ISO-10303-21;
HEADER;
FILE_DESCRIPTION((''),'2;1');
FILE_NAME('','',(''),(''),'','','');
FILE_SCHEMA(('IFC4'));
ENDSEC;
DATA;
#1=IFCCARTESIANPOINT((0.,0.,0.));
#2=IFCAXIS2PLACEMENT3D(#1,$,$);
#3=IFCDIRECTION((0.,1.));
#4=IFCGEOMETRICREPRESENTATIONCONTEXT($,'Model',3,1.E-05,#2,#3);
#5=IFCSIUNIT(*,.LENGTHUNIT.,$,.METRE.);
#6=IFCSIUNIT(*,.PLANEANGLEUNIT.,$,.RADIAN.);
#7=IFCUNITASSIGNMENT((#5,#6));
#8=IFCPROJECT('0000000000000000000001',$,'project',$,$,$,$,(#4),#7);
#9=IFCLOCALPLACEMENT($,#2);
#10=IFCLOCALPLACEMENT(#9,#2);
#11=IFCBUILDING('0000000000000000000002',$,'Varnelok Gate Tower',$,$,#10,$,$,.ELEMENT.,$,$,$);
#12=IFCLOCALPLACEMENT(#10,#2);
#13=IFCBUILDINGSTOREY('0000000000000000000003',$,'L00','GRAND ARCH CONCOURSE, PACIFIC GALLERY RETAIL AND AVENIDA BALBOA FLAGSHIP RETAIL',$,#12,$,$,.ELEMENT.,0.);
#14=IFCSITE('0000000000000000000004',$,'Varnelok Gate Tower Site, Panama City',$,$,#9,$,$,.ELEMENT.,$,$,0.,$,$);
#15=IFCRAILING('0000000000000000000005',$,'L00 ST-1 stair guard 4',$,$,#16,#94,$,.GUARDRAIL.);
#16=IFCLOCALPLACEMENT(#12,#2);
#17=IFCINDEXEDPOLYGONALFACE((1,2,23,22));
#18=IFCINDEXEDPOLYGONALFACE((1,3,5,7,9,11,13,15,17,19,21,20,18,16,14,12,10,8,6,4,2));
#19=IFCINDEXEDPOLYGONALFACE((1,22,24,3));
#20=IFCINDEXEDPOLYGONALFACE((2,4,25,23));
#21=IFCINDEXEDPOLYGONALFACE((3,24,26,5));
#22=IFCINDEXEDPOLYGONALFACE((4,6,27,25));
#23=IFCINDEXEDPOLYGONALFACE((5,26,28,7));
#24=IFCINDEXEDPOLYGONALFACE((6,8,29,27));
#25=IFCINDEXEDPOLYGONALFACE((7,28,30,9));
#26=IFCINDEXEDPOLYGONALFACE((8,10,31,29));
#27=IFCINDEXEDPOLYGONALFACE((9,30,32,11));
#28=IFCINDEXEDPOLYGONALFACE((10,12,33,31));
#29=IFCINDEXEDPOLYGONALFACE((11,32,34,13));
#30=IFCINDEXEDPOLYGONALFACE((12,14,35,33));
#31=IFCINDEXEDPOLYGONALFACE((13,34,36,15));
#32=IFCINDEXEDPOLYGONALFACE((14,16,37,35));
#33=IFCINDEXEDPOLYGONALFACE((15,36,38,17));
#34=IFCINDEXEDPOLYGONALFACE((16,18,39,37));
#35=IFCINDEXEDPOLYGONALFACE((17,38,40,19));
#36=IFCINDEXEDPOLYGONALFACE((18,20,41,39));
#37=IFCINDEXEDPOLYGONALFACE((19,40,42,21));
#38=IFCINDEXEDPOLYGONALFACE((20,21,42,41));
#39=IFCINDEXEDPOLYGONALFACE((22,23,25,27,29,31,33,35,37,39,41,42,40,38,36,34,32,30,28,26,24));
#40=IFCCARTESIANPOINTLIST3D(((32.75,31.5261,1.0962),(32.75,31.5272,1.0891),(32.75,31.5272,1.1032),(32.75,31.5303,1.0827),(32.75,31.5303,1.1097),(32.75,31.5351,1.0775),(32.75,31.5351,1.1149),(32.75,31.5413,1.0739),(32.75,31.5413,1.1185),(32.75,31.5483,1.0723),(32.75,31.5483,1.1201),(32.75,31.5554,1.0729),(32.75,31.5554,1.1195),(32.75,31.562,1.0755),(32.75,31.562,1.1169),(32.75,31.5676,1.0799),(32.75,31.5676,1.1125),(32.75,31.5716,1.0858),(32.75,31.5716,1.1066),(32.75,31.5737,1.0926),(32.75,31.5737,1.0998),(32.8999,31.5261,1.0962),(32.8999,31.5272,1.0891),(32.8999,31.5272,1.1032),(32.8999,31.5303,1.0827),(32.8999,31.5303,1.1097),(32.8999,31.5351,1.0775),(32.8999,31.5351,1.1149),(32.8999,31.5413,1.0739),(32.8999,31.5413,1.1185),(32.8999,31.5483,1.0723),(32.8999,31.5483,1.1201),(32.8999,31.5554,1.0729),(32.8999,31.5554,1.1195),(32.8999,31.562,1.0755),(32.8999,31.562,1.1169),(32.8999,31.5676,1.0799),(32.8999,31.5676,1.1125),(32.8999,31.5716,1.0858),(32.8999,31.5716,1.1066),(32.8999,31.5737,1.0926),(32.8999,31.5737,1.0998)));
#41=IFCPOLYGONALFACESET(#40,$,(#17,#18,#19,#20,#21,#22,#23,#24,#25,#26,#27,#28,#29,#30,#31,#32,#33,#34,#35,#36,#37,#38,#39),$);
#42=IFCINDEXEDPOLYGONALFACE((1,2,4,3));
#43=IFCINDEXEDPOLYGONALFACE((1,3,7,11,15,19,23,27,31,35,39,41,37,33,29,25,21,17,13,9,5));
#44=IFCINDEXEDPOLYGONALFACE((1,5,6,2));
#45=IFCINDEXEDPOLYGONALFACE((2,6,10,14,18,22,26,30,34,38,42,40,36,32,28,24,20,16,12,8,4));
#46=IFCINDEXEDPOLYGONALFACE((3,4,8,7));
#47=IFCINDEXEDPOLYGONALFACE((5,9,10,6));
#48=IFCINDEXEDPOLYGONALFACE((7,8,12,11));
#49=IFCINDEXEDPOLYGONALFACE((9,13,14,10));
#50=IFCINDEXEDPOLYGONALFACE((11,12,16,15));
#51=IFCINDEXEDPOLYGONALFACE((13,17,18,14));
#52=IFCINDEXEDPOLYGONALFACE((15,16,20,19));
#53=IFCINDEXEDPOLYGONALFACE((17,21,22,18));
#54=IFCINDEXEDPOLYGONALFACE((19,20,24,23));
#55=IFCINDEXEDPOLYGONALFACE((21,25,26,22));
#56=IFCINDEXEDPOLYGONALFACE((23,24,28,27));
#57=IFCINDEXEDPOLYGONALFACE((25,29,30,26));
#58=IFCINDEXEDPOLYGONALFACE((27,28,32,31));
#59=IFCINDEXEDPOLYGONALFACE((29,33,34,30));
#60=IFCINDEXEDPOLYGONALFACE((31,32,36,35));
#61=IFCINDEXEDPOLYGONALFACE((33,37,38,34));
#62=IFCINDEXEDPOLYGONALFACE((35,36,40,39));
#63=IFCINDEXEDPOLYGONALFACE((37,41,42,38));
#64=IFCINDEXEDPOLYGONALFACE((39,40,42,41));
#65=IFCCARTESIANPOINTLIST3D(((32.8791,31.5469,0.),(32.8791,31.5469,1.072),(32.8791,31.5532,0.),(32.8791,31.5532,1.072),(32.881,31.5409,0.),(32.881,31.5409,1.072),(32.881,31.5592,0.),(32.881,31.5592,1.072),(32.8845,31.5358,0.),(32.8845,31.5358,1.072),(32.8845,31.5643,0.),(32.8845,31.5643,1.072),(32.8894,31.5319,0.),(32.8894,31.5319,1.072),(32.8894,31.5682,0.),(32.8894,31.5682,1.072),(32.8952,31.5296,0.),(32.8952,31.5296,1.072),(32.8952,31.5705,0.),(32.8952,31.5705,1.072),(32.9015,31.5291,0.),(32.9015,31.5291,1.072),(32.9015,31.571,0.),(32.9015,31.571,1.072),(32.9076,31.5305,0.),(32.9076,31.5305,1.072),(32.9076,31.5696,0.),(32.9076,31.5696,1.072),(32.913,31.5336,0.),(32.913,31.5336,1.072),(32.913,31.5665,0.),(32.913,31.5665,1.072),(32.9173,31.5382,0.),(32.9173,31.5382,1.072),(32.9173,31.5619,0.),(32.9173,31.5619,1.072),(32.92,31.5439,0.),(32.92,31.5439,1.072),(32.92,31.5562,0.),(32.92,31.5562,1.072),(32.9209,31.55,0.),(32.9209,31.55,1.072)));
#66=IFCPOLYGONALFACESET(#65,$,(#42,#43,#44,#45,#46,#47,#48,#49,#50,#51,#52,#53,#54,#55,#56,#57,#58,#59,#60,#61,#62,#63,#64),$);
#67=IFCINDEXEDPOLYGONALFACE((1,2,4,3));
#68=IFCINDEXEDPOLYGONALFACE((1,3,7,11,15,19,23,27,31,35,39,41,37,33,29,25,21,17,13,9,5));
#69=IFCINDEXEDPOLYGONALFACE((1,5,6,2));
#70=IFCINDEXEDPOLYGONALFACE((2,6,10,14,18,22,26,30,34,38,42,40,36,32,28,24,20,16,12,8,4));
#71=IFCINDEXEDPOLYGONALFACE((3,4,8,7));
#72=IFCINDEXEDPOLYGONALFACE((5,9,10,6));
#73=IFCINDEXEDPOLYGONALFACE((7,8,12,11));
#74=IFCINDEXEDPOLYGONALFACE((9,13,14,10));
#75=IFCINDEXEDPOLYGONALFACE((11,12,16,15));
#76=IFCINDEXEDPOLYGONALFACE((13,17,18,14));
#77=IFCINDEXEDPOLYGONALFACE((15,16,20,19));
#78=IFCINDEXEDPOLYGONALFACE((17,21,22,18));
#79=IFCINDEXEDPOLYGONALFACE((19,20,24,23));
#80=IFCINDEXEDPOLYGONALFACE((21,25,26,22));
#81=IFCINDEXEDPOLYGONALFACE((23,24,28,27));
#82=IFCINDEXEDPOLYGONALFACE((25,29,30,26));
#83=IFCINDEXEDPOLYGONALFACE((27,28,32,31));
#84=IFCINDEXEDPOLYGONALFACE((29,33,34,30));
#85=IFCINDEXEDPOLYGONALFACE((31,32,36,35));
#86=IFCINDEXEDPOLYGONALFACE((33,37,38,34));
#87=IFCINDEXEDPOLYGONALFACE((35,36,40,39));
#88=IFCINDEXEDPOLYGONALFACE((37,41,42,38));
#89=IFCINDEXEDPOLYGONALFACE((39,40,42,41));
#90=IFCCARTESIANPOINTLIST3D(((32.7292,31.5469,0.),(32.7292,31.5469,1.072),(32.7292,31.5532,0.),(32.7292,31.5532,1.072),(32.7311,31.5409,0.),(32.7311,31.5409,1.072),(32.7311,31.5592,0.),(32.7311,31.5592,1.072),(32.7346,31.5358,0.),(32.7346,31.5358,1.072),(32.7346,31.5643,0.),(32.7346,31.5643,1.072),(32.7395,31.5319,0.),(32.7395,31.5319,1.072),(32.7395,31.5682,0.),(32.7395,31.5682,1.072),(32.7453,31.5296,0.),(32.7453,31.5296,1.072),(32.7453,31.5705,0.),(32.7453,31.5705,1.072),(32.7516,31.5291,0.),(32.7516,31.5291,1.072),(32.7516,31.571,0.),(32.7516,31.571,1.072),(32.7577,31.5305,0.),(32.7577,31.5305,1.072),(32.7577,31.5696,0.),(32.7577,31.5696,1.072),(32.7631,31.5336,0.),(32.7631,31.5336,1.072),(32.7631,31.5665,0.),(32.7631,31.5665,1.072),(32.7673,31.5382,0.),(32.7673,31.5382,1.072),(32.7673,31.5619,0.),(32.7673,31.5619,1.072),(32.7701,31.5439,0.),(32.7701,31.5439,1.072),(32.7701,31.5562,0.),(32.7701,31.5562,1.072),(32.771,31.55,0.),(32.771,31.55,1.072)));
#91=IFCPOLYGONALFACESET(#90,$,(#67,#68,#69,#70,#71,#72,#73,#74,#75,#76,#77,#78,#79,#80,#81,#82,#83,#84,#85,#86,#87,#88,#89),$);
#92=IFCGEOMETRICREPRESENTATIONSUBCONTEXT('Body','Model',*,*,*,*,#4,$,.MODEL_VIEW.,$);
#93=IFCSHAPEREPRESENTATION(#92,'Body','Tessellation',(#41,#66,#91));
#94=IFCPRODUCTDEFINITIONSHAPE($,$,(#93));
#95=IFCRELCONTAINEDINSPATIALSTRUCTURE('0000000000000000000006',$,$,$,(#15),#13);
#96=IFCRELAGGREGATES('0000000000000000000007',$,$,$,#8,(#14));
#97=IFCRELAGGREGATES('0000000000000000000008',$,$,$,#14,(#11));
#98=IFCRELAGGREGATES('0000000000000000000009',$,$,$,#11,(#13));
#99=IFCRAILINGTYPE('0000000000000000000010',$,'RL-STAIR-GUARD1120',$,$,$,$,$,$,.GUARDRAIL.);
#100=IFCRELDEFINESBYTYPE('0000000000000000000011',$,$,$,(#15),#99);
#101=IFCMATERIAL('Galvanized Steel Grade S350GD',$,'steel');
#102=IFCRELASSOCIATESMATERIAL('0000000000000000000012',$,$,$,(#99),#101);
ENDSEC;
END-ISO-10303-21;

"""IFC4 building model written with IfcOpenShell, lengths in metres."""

from ifc_helpers import new_model, si_unit, direction, frame, origin, origin_2d, place, context, subcontext, project, spatial, circle, extrude, material, type_object, element, save


model = new_model("IFC4")

# Units and contexts
model_context = context("Model", 3, precision=1e-05, world=origin(), true_north=direction((0.0, 1.0)))
body_context = subcontext(model_context, "Body", "Model", "MODEL_VIEW")
ifc_project = project(units=[si_unit("LENGTHUNIT", "METRE"), si_unit("PLANEANGLEUNIT", "RADIAN")], contexts=[model_context])

# Site, building, storey
site_placement = place(None, origin())
site = spatial("IfcSite", under=ifc_project, at=site_placement, Name="Varnelok Gate Tower Site, Panama City", CompositionType="ELEMENT", RefElevation=0.0)
building_placement = place(site_placement, origin())
building = spatial("IfcBuilding", under=site, at=building_placement, Name="Varnelok Gate Tower", CompositionType="ELEMENT")
storey_placement = place(building_placement, origin())
storey = spatial("IfcBuildingStorey", under=building, at=storey_placement, Name="L00", Description="GRAND ARCH CONCOURSE, PACIFIC GALLERY RETAIL AND AVENIDA BALBOA FLAGSHIP RETAIL", CompositionType="ELEMENT", Elevation=0.0)

# Shared definitions
ifc_material_1 = material(Name="Galvanized Steel Grade S350GD", Category="steel")

# Railing
railing_type_1 = type_object("IfcRailingType", Name="RL-STAIR-GUARD1120", PredefinedType="GUARDRAIL", material=ifc_material_1)
railing_1_placement = place(storey_placement, frame((32.8999, 31.55, 0.0)))
element("IfcRailing", 1, at=railing_1_placement, inside=storey, type_object=railing_type_1, Name="L00 ST-1 stair guard 4", PredefinedType="GUARDRAIL", context=body_context, shape_type="SweptSolid", body=[
    extrude(circle(Radius=0.0239, at=origin_2d()), frame((0.0, 0.0, 1.0962), z_axis=(-1.0, 0.0, 0.0), x_axis=(0.0, -1.0, 0.0)), (0.0, 0.0, 1.0), 0.1499),
    extrude(circle(Radius=0.021, at=origin_2d()), origin(), (0.0, 0.0, 1.0), 1.072),
    extrude(circle(Radius=0.021, at=origin_2d()), frame((-0.1499, 0.0, 0.0)), (0.0, 0.0, 1.0), 1.072),
])

save(model, "model.ifc")
